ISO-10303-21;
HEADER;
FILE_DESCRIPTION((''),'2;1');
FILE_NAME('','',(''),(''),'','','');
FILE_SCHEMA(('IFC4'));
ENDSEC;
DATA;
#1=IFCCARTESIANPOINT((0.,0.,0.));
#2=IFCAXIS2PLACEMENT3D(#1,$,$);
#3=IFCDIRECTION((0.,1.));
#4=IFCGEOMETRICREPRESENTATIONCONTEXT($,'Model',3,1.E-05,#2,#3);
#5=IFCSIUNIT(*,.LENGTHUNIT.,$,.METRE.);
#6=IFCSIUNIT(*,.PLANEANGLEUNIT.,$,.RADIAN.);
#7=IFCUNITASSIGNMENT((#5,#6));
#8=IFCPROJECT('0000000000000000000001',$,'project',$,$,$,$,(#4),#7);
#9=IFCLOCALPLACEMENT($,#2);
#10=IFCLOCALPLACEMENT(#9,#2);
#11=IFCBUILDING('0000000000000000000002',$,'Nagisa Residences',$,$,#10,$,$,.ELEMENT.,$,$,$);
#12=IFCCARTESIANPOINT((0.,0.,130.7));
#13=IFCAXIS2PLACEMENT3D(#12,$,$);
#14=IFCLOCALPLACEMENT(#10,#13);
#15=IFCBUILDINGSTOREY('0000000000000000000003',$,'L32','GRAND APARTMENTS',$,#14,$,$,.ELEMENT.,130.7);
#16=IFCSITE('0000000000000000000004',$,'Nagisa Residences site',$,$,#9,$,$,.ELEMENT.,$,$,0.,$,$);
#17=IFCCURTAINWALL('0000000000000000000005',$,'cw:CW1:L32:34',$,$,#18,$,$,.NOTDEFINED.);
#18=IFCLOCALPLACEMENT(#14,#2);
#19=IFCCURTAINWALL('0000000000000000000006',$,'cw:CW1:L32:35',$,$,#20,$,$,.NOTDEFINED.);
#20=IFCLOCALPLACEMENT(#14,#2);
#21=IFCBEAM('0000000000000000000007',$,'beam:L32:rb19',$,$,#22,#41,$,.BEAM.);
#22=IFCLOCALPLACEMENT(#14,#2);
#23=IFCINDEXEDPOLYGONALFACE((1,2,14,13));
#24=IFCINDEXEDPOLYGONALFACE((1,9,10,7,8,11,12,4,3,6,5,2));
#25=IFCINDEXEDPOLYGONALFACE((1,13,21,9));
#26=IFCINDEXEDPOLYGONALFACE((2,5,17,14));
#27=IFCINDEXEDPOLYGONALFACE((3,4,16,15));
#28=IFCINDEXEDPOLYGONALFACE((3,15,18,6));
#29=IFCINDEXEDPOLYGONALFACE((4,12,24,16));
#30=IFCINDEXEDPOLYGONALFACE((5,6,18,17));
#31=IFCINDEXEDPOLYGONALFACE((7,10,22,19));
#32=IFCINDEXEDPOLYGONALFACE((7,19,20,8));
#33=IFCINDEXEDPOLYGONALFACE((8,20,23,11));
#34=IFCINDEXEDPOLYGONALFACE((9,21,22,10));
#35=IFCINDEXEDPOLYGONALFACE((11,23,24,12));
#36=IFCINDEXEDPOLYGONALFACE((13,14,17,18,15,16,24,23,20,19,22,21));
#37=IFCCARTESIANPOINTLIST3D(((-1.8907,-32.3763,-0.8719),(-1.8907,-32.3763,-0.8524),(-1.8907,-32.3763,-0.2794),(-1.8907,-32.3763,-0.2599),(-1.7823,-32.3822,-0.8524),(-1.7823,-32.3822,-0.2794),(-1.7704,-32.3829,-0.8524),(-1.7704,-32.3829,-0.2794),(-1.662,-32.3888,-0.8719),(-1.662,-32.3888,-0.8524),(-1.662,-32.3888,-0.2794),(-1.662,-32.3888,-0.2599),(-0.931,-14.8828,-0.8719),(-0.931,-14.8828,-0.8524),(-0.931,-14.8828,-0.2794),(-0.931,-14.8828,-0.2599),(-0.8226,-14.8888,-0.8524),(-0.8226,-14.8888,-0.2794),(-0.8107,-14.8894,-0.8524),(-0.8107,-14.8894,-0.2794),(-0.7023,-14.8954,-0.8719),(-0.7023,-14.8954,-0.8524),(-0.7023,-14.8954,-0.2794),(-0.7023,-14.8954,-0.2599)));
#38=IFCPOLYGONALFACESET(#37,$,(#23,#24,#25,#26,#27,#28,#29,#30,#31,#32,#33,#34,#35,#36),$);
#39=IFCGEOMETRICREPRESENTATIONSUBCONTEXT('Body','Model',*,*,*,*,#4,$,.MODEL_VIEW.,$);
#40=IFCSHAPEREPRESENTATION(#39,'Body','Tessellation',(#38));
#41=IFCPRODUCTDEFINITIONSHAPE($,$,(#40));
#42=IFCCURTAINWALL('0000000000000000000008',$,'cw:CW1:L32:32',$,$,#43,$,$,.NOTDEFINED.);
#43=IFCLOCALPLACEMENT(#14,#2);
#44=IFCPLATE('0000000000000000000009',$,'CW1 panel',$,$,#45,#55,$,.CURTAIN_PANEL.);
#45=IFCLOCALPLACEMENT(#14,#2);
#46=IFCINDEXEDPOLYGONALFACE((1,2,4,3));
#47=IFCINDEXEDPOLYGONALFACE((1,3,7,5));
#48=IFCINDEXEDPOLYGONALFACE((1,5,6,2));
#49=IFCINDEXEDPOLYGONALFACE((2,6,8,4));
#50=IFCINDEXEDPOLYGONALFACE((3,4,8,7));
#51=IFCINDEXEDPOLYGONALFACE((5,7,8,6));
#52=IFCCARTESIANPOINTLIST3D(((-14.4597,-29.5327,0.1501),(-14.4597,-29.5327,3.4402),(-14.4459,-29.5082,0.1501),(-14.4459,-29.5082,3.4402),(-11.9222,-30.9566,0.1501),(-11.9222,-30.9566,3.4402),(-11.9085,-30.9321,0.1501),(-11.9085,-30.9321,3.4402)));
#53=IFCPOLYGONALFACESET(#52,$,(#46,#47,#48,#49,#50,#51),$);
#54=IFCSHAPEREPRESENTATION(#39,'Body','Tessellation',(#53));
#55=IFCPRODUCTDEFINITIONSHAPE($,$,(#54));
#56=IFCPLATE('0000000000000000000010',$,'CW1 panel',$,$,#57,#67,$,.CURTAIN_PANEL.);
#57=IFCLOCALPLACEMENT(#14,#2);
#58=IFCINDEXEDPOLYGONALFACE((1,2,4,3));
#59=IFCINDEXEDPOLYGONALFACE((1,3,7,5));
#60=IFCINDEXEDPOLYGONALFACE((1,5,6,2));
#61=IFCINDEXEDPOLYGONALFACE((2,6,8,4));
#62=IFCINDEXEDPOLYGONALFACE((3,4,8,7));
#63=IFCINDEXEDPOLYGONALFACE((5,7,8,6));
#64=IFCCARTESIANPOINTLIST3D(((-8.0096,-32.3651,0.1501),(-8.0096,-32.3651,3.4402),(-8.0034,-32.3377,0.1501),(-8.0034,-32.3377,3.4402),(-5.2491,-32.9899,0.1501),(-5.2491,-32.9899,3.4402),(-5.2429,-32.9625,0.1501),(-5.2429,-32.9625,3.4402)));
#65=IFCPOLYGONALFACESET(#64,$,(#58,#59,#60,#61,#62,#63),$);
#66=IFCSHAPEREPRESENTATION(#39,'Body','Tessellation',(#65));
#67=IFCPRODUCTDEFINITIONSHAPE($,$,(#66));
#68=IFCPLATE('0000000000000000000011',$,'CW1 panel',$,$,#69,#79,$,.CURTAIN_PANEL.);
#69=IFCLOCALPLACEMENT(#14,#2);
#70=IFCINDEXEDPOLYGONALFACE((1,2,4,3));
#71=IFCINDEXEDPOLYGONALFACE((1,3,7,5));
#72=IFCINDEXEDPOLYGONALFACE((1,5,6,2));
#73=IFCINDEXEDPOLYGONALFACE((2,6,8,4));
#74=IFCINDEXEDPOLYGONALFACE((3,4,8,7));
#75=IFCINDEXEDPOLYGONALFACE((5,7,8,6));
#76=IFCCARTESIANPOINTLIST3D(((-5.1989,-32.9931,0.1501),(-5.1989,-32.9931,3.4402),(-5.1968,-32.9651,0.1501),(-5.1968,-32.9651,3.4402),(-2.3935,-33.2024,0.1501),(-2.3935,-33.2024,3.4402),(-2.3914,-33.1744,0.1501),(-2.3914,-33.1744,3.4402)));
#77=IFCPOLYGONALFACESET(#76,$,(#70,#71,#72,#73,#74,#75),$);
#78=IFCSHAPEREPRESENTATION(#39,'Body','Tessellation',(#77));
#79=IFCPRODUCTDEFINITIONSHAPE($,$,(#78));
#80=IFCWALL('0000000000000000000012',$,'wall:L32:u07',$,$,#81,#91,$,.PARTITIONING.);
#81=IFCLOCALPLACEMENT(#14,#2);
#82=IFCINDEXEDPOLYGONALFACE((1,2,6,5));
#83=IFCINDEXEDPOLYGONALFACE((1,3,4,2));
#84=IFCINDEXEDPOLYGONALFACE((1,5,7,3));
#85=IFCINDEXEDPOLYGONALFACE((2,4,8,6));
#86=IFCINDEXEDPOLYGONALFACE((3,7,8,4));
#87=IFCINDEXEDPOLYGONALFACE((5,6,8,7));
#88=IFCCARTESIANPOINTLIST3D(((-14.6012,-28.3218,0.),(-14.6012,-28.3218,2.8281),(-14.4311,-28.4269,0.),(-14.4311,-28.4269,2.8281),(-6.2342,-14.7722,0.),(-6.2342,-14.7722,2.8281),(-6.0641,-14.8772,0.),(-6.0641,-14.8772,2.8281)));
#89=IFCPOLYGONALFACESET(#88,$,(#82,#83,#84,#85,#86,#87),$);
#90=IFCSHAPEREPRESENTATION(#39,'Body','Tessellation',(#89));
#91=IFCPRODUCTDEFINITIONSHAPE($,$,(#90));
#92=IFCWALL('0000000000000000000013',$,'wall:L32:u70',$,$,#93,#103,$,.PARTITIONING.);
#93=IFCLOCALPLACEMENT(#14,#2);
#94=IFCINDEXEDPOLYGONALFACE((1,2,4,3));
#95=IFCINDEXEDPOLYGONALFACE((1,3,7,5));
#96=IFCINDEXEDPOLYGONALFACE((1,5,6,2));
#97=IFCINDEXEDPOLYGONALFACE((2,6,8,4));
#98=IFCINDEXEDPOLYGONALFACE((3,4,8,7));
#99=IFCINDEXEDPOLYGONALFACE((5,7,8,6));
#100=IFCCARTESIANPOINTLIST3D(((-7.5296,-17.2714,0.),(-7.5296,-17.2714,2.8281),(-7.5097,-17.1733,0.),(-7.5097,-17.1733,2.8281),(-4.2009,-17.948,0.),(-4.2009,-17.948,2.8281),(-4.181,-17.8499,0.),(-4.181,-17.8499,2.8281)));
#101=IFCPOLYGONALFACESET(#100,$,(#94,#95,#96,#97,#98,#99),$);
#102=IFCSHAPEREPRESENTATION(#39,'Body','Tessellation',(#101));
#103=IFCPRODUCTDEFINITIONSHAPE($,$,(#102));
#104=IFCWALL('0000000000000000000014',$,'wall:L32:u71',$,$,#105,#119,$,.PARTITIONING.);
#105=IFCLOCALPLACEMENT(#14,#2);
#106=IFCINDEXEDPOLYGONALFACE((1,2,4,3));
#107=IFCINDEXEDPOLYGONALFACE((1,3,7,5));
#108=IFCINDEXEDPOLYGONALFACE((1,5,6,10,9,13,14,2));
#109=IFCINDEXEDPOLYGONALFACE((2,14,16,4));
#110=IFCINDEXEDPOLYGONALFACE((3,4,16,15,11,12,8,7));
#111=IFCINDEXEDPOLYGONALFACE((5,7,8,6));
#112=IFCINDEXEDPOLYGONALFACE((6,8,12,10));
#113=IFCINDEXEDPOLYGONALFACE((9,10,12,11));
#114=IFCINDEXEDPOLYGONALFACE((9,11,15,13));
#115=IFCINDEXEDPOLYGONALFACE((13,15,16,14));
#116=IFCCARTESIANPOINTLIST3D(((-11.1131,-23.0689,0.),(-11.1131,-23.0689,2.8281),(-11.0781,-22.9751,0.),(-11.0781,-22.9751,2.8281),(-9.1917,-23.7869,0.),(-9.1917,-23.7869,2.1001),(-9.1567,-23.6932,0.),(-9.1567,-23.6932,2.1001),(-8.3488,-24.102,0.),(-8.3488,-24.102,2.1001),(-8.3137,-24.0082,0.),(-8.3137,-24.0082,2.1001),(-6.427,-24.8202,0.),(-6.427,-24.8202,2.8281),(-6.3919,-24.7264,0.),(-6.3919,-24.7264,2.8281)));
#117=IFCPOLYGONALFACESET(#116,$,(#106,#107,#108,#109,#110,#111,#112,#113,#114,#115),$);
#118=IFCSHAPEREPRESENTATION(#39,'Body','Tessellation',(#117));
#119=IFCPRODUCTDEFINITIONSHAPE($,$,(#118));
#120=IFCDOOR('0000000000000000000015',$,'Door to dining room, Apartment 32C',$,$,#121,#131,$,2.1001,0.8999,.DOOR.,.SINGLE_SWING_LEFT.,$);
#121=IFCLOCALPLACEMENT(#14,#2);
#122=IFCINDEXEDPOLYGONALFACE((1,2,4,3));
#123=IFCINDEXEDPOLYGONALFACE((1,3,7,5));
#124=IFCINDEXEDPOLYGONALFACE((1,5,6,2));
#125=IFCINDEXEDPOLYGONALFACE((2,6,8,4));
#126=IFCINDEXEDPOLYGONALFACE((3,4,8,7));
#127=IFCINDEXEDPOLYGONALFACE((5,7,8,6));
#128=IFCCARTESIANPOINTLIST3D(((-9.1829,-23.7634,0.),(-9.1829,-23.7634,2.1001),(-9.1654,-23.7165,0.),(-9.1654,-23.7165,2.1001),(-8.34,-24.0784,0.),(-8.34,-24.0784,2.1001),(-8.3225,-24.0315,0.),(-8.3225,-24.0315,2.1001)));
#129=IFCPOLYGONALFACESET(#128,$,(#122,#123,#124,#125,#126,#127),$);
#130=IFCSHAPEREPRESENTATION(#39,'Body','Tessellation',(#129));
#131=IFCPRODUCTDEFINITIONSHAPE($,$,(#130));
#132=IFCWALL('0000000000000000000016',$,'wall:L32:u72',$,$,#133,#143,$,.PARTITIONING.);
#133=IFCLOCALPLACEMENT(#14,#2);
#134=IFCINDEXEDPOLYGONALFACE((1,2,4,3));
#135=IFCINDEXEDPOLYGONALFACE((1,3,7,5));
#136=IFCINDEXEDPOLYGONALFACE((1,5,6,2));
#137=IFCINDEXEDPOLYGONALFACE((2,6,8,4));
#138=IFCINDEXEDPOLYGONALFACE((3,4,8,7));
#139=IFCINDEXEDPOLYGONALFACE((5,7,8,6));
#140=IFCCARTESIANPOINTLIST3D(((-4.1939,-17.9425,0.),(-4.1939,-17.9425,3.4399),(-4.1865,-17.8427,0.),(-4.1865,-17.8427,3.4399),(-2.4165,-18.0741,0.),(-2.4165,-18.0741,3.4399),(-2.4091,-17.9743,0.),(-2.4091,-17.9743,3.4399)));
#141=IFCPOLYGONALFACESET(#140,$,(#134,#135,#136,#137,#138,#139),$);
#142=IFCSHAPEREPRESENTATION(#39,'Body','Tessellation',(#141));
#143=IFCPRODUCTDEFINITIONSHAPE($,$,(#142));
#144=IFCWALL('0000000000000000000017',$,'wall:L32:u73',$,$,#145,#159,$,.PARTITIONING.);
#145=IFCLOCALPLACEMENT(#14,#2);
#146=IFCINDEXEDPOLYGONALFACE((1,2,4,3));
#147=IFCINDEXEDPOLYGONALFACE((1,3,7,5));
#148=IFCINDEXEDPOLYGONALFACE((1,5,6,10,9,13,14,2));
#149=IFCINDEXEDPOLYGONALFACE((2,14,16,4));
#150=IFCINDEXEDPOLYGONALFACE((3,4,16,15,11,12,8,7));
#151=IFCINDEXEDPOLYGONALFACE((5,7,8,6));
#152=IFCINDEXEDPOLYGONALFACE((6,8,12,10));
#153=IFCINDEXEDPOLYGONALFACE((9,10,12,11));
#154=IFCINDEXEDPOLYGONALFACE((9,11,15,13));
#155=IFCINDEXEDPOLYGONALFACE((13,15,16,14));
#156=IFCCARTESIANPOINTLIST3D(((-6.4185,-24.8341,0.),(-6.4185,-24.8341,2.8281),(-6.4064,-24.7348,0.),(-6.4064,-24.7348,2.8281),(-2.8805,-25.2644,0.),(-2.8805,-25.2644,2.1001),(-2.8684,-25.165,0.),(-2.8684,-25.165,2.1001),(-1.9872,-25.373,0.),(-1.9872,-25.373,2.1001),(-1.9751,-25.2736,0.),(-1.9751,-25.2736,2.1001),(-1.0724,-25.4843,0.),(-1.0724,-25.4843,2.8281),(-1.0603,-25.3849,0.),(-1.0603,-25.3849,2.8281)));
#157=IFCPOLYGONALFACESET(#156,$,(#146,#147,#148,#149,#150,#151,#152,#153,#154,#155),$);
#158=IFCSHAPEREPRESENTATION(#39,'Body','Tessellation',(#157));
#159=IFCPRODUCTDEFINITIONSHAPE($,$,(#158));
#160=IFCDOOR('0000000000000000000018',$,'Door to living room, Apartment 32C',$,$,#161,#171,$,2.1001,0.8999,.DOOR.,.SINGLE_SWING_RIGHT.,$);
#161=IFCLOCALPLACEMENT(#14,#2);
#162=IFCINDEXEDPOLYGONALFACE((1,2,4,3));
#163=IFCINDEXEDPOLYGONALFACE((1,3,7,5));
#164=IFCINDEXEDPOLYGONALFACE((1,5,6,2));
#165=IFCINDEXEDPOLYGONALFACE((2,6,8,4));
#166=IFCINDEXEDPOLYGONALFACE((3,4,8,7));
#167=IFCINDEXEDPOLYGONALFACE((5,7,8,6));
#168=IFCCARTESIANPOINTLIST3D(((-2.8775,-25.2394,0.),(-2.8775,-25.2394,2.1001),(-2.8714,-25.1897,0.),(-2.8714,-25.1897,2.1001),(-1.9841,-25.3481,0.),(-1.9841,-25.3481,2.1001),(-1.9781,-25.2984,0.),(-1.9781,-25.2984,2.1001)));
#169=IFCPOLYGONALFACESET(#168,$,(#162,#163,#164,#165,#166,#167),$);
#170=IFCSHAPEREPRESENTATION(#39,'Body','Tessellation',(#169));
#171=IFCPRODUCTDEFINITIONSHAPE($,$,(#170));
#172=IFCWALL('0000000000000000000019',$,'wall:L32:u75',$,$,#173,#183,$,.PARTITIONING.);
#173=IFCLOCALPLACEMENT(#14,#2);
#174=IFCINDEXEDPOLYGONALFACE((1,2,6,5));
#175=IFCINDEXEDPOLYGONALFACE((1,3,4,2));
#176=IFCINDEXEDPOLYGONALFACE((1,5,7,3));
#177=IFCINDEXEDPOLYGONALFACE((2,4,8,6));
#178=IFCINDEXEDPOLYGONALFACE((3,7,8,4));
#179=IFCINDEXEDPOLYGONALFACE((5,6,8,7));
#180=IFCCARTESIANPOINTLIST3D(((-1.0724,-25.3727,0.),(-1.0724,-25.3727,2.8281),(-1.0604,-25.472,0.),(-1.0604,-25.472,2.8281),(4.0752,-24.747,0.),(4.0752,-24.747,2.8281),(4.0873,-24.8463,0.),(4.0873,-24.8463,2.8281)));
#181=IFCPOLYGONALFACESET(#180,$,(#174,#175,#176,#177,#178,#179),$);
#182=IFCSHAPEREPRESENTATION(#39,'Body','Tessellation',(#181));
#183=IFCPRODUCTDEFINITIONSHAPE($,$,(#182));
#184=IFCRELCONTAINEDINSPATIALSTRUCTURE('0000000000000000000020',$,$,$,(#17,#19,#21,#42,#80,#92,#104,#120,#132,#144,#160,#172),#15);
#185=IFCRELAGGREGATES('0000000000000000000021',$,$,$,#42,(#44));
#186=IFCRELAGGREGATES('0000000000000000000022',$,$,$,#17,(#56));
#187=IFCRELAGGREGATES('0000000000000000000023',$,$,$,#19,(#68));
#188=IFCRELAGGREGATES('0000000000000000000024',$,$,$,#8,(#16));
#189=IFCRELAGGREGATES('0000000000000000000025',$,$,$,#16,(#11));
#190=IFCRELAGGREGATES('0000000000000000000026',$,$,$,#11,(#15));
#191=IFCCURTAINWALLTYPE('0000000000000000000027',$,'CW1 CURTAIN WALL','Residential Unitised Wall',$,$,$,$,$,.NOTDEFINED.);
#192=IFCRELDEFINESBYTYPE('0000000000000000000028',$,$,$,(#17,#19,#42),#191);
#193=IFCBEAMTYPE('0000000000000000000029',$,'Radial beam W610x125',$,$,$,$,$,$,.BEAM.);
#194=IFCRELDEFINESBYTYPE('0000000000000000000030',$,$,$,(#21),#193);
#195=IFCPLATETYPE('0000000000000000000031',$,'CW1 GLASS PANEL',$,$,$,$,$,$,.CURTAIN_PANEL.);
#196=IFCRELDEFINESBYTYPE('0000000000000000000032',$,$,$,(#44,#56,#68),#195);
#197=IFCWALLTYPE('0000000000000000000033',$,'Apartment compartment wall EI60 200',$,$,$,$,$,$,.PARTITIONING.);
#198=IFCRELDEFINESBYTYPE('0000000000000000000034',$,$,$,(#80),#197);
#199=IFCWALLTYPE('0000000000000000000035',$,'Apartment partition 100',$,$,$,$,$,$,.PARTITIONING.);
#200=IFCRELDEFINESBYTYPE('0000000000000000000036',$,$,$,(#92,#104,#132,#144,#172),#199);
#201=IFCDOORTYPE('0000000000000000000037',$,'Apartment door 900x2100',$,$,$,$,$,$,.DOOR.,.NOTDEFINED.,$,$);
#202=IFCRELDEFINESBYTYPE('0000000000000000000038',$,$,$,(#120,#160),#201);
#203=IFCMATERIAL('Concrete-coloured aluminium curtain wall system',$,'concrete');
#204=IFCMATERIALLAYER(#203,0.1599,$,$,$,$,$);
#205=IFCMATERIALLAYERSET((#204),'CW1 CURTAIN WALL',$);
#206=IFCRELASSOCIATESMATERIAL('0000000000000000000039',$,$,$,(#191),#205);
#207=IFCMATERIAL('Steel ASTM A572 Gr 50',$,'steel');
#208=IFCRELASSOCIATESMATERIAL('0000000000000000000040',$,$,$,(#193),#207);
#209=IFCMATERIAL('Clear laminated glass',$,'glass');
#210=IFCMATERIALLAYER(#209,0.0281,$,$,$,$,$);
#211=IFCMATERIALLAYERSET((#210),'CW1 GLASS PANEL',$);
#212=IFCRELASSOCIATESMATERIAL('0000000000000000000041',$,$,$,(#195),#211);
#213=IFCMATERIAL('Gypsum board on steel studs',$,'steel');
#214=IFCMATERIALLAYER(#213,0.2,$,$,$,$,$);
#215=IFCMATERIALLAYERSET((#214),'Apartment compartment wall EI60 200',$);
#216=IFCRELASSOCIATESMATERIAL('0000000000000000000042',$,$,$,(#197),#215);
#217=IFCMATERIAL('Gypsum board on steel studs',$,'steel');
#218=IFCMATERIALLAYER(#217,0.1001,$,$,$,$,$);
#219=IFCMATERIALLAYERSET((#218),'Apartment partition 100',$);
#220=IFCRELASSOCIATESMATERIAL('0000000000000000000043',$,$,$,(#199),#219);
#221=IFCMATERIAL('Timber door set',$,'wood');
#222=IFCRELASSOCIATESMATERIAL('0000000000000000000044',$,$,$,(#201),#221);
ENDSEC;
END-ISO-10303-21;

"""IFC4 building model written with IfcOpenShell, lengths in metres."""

from ifc_helpers import new_model, si_unit, direction, frame, frame_2d, origin, origin_2d, place, context, subcontext, project, spatial, rectangle, i_section, extrude, material, layer, layer_set, material_profile, profile_set, type_object, element, fill, aggregate, save


model = new_model("IFC4")

# Units and contexts
model_context = context("Model", 3, precision=1e-05, world=origin(), true_north=direction((0.0, 1.0)))
body_context = subcontext(model_context, "Body", "Model", "MODEL_VIEW")
ifc_project = project(units=[si_unit("LENGTHUNIT", "METRE"), si_unit("PLANEANGLEUNIT", "RADIAN")], contexts=[model_context])

# Site, building, storey
site_placement = place(None, origin())
site = spatial("IfcSite", under=ifc_project, at=site_placement, Name="Nagisa Residences site", CompositionType="ELEMENT", RefElevation=0.0)
building_placement = place(site_placement, origin())
building = spatial("IfcBuilding", under=site, at=building_placement, Name="Nagisa Residences", CompositionType="ELEMENT")
storey_placement = place(building_placement, frame((0.0, 0.0, 130.7)))
storey = spatial("IfcBuildingStorey", under=building, at=storey_placement, Name="L32", Description="GRAND APARTMENTS", CompositionType="ELEMENT", Elevation=130.7)

# Curtain walls
ifc_material_1 = material(Name="Concrete-coloured aluminium curtain wall system", Category="concrete")
ifc_layer_1 = layer(ifc_material_1, 0.1599)
ifc_layer_set_1 = layer_set([ifc_layer_1], Name="CW1 CURTAIN WALL")
curtain_wall_type = type_object("IfcCurtainWallType", Name="CW1 CURTAIN WALL", Description="Residential Unitised Wall", PredefinedType="NOTDEFINED", material=ifc_layer_set_1)
curtain_wall_1_placement = place(storey_placement, origin())
curtain_wall_1 = element("IfcCurtainWall", 1, at=curtain_wall_1_placement, inside=storey, type_object=curtain_wall_type, Name="cw:CW1:L32:34", PredefinedType="NOTDEFINED")
curtain_wall_2_placement = place(storey_placement, origin())
curtain_wall_2 = element("IfcCurtainWall", 2, at=curtain_wall_2_placement, inside=storey, type_object=curtain_wall_type, Name="cw:CW1:L32:35", PredefinedType="NOTDEFINED")

# Beam
ifc_material_2 = material(Name="Steel ASTM A572 Gr 50", Category="steel")
ifc_material_profile_1 = material_profile(ifc_material_2, i_section(OverallWidth=0.229, OverallDepth=0.6121, WebThickness=0.012, FlangeThickness=0.0195, at=origin_2d()), Name="W610x125")
ifc_profile_set_1 = profile_set([ifc_material_profile_1], Name="Steel ASTM A572 Gr 50")
beam_type_1 = type_object("IfcBeamType", Name="Radial beam W610x125", PredefinedType="BEAM", material=ifc_profile_set_1)
beam_1_placement = place(storey_placement, frame((-1.7764, -32.3826, -0.5659), z_axis=(0.054779, 0.998498, 0.0), x_axis=(-0.998498, 0.054779, 0.0)))
element("IfcBeam", 3, at=beam_1_placement, inside=storey, type_object=beam_type_1, Name="beam:L32:rb19", PredefinedType="BEAM", context=body_context, shape_type="SweptSolid", body=[
    extrude(i_section(OverallWidth=0.229, OverallDepth=0.6121, WebThickness=0.012, FlangeThickness=0.0195, at=origin_2d()), origin(), (0.0, 0.0, 1.0), 17.5198),
])

# Curtain wall, plate
curtain_wall_3_placement = place(storey_placement, origin())
curtain_wall_3 = element("IfcCurtainWall", 4, at=curtain_wall_3_placement, inside=storey, type_object=curtain_wall_type, Name="cw:CW1:L32:32", PredefinedType="NOTDEFINED")
ifc_material_3 = material(Name="Clear laminated glass", Category="glass")
ifc_layer_2 = layer(ifc_material_3, 0.0281)
ifc_layer_set_2 = layer_set([ifc_layer_2], Name="CW1 GLASS PANEL")
plate_type = type_object("IfcPlateType", Name="CW1 GLASS PANEL", PredefinedType="CURTAIN_PANEL", material=ifc_layer_set_2)
plate_1_placement = place(storey_placement, frame((-13.1841, -30.2324, 0.1501), z_axis=(0.0, 0.0, 1.0), x_axis=(0.872072, -0.489377, 0.0)))
plate_1 = element("IfcPlate", 5, at=plate_1_placement, type_object=plate_type, Name="CW1 panel", PredefinedType="CURTAIN_PANEL", context=body_context, shape_type="SweptSolid", body=[
    extrude(rectangle(XDim=2.9097, YDim=0.0281, at=origin_2d()), origin(), (0.0, 0.0, 1.0), 3.29),
])
aggregate(curtain_wall_3, [plate_1])

# Plates
plate_2_placement = place(storey_placement, frame((-6.6262, -32.6638, 0.1501), z_axis=(0.0, 0.0, 1.0), x_axis=(0.975327, -0.220764, 0.0)))
plate_2 = element("IfcPlate", 6, at=plate_2_placement, type_object=plate_type, Name="CW1 panel", PredefinedType="CURTAIN_PANEL", context=body_context, shape_type="SweptSolid", body=[
    extrude(rectangle(XDim=2.8303, YDim=0.0281, at=origin_2d()), origin(), (0.0, 0.0, 1.0), 3.29),
])
aggregate(curtain_wall_1, [plate_2])
plate_3_placement = place(storey_placement, frame((-3.7952, -33.0837, 0.1501), z_axis=(0.0, 0.0, 1.0), x_axis=(0.99723, -0.074377, 0.0)))
plate_3 = element("IfcPlate", 7, at=plate_3_placement, type_object=plate_type, Name="CW1 panel", PredefinedType="CURTAIN_PANEL", context=body_context, shape_type="SweptSolid", body=[
    extrude(rectangle(XDim=2.8132, YDim=0.0281, at=origin_2d()), origin(), (0.0, 0.0, 1.0), 3.29),
])
aggregate(curtain_wall_2, [plate_3])

# Walls
ifc_material_4 = material(Name="Gypsum board on steel studs", Category="steel")
ifc_layer_3 = layer(ifc_material_4, 0.2)
ifc_layer_set_3 = layer_set([ifc_layer_3], Name="Apartment compartment wall EI60 200")
wall_type_1 = type_object("IfcWallType", Name="Apartment compartment wall EI60 200", PredefinedType="PARTITIONING", material=ifc_layer_set_3)
wall_1_placement = place(storey_placement, frame((-6.1492, -14.8247, 0.0), z_axis=(0.0, 0.0, 1.0), x_axis=(-0.525406, -0.850851, 0.0)))
element("IfcWall", 8, at=wall_1_placement, inside=storey, type_object=wall_type_1, Name="wall:L32:u07", PredefinedType="PARTITIONING", context=body_context, shape_type="SweptSolid", body=[
    extrude(rectangle(XDim=15.9248, YDim=0.2, at=frame_2d((7.9624, 0.0))), origin(), (0.0, 0.0, 1.0), 2.8281),
])
ifc_material_5 = material(Name="Gypsum board on steel studs", Category="steel")
ifc_layer_4 = layer(ifc_material_5, 0.1001)
ifc_layer_set_4 = layer_set([ifc_layer_4], Name="Apartment partition 100")
wall_type_2 = type_object("IfcWallType", Name="Apartment partition 100", PredefinedType="PARTITIONING", material=ifc_layer_set_4)
wall_2_placement = place(storey_placement, frame((-7.5195, -17.2224, 0.0), z_axis=(0.0, 0.0, 1.0), x_axis=(0.979965, -0.19917, 0.0)))
element("IfcWall", 9, at=wall_2_placement, inside=storey, type_object=wall_type_2, Name="wall:L32:u70", PredefinedType="PARTITIONING", context=body_context, shape_type="SweptSolid", body=[
    extrude(rectangle(XDim=3.3967, YDim=0.1001, at=frame_2d((1.6982, 0.0))), origin(), (0.0, 0.0, 1.0), 2.8281),
])

# Wall, opening, door
wall_3_placement = place(storey_placement, frame((-11.0957, -23.022, 0.0), z_axis=(0.0, 0.0, 1.0), x_axis=(0.936726, -0.350064, 0.0)))
wall_3 = element("IfcWall", 10, at=wall_3_placement, inside=storey, type_object=wall_type_2, Name="wall:L32:u71", PredefinedType="PARTITIONING", context=body_context, shape_type="SweptSolid", body=[
    extrude(rectangle(XDim=5.0027, YDim=0.1001, at=frame_2d((2.5015, 0.0))), origin(), (0.0, 0.0, 1.0), 2.8281),
])
opening_1_placement = place(wall_3_placement, frame((2.0513, 0.0, 0.0)))
opening_1 = element("IfcOpeningElement", 11, at=opening_1_placement, cuts=wall_3, PredefinedType="OPENING", context=body_context, shape_type="SweptSolid", body=[
    extrude(rectangle(XDim=0.8999, YDim=2.1001, at=frame_2d((0.45, 1.05))), frame((0.0, 0.0601, 0.0), z_axis=(0.0, -1.0, 0.0), x_axis=(1.0, 0.0, 0.0)), (0.0, 0.0, 1.0), 0.1201),
])
ifc_material_6 = material(Name="Timber door set", Category="wood")
door_type_1 = type_object("IfcDoorType", Name="Apartment door 900x2100", OperationType="NOTDEFINED", PredefinedType="DOOR", material=ifc_material_6)
door_1_placement = place(opening_1_placement, frame((0.8999, 0.0, 0.0), x_axis=(-1.0, 0.0, 0.0)))
door_1 = element("IfcDoor", 12, at=door_1_placement, inside=storey, type_object=door_type_1, Name="Door to dining room, Apartment 32C", OperationType="SINGLE_SWING_LEFT", OverallHeight=2.1001, OverallWidth=0.8999, PredefinedType="DOOR", context=body_context, shape_type="SweptSolid", body=[
    extrude(rectangle(XDim=0.8999, YDim=2.1001, at=frame_2d((0.45, 1.05))), frame((0.0, 0.0249, 0.0), z_axis=(0.0, -1.0, 0.0), x_axis=(1.0, 0.0, 0.0)), (0.0, 0.0, 1.0), 0.05),
])
fill(opening_1, door_1)

# Wall
wall_4_placement = place(storey_placement, frame((-4.1902, -17.8926, 0.0), z_axis=(0.0, 0.0, 1.0), x_axis=(0.99727, -0.073836, 0.0)))
element("IfcWall", 13, at=wall_4_placement, inside=storey, type_object=wall_type_2, Name="wall:L32:u72", PredefinedType="PARTITIONING", context=body_context, shape_type="SweptSolid", body=[
    extrude(rectangle(XDim=1.7822, YDim=0.1001, at=frame_2d((0.8911, 0.0))), origin(), (0.0, 0.0, 1.0), 3.4399),
])

# Wall, opening, door
wall_5_placement = place(storey_placement, frame((-6.4126, -24.7844, 0.0), z_axis=(0.0, 0.0, 1.0), x_axis=(0.992687, -0.12072, 0.0)))
wall_5 = element("IfcWall", 14, at=wall_5_placement, inside=storey, type_object=wall_type_2, Name="wall:L32:u73", PredefinedType="PARTITIONING", context=body_context, shape_type="SweptSolid", body=[
    extrude(rectangle(XDim=5.3855, YDim=0.1001, at=frame_2d((2.6929, 0.0))), origin(), (0.0, 0.0, 1.0), 2.8281),
])
opening_2_placement = place(wall_5_placement, frame((3.5642, 0.0, 0.0)))
opening_2 = element("IfcOpeningElement", 15, at=opening_2_placement, cuts=wall_5, PredefinedType="OPENING", context=body_context, shape_type="SweptSolid", body=[
    extrude(rectangle(XDim=0.8999, YDim=2.1001, at=frame_2d((0.45, 1.05))), frame((0.0, 0.0601, 0.0), z_axis=(0.0, -1.0, 0.0), x_axis=(1.0, 0.0, 0.0)), (0.0, 0.0, 1.0), 0.1201),
])
door_2_placement = place(opening_2_placement, frame((0.8999, 0.0, 0.0), x_axis=(-1.0, 0.0, 0.0)))
door_2 = element("IfcDoor", 16, at=door_2_placement, inside=storey, type_object=door_type_1, Name="Door to living room, Apartment 32C", OperationType="SINGLE_SWING_RIGHT", OverallHeight=2.1001, OverallWidth=0.8999, PredefinedType="DOOR", context=body_context, shape_type="SweptSolid", body=[
    extrude(rectangle(XDim=0.8999, YDim=2.1001, at=frame_2d((0.45, 1.05))), frame((0.0, 0.0249, 0.0), z_axis=(0.0, -1.0, 0.0), x_axis=(1.0, 0.0, 0.0)), (0.0, 0.0, 1.0), 0.05),
])
fill(opening_2, door_2)

# Wall
wall_6_placement = place(storey_placement, frame((-1.0664, -25.4224, 0.0), z_axis=(0.0, 0.0, 1.0), x_axis=(0.992693, 0.120667, 0.0)))
element("IfcWall", 17, at=wall_6_placement, inside=storey, type_object=wall_type_2, Name="wall:L32:u75", PredefinedType="PARTITIONING", context=body_context, shape_type="SweptSolid", body=[
    extrude(rectangle(XDim=5.1855, YDim=0.1001, at=frame_2d((2.5928, 0.0))), origin(), (0.0, 0.0, 1.0), 2.8281),
])

save(model, "model.ifc")
